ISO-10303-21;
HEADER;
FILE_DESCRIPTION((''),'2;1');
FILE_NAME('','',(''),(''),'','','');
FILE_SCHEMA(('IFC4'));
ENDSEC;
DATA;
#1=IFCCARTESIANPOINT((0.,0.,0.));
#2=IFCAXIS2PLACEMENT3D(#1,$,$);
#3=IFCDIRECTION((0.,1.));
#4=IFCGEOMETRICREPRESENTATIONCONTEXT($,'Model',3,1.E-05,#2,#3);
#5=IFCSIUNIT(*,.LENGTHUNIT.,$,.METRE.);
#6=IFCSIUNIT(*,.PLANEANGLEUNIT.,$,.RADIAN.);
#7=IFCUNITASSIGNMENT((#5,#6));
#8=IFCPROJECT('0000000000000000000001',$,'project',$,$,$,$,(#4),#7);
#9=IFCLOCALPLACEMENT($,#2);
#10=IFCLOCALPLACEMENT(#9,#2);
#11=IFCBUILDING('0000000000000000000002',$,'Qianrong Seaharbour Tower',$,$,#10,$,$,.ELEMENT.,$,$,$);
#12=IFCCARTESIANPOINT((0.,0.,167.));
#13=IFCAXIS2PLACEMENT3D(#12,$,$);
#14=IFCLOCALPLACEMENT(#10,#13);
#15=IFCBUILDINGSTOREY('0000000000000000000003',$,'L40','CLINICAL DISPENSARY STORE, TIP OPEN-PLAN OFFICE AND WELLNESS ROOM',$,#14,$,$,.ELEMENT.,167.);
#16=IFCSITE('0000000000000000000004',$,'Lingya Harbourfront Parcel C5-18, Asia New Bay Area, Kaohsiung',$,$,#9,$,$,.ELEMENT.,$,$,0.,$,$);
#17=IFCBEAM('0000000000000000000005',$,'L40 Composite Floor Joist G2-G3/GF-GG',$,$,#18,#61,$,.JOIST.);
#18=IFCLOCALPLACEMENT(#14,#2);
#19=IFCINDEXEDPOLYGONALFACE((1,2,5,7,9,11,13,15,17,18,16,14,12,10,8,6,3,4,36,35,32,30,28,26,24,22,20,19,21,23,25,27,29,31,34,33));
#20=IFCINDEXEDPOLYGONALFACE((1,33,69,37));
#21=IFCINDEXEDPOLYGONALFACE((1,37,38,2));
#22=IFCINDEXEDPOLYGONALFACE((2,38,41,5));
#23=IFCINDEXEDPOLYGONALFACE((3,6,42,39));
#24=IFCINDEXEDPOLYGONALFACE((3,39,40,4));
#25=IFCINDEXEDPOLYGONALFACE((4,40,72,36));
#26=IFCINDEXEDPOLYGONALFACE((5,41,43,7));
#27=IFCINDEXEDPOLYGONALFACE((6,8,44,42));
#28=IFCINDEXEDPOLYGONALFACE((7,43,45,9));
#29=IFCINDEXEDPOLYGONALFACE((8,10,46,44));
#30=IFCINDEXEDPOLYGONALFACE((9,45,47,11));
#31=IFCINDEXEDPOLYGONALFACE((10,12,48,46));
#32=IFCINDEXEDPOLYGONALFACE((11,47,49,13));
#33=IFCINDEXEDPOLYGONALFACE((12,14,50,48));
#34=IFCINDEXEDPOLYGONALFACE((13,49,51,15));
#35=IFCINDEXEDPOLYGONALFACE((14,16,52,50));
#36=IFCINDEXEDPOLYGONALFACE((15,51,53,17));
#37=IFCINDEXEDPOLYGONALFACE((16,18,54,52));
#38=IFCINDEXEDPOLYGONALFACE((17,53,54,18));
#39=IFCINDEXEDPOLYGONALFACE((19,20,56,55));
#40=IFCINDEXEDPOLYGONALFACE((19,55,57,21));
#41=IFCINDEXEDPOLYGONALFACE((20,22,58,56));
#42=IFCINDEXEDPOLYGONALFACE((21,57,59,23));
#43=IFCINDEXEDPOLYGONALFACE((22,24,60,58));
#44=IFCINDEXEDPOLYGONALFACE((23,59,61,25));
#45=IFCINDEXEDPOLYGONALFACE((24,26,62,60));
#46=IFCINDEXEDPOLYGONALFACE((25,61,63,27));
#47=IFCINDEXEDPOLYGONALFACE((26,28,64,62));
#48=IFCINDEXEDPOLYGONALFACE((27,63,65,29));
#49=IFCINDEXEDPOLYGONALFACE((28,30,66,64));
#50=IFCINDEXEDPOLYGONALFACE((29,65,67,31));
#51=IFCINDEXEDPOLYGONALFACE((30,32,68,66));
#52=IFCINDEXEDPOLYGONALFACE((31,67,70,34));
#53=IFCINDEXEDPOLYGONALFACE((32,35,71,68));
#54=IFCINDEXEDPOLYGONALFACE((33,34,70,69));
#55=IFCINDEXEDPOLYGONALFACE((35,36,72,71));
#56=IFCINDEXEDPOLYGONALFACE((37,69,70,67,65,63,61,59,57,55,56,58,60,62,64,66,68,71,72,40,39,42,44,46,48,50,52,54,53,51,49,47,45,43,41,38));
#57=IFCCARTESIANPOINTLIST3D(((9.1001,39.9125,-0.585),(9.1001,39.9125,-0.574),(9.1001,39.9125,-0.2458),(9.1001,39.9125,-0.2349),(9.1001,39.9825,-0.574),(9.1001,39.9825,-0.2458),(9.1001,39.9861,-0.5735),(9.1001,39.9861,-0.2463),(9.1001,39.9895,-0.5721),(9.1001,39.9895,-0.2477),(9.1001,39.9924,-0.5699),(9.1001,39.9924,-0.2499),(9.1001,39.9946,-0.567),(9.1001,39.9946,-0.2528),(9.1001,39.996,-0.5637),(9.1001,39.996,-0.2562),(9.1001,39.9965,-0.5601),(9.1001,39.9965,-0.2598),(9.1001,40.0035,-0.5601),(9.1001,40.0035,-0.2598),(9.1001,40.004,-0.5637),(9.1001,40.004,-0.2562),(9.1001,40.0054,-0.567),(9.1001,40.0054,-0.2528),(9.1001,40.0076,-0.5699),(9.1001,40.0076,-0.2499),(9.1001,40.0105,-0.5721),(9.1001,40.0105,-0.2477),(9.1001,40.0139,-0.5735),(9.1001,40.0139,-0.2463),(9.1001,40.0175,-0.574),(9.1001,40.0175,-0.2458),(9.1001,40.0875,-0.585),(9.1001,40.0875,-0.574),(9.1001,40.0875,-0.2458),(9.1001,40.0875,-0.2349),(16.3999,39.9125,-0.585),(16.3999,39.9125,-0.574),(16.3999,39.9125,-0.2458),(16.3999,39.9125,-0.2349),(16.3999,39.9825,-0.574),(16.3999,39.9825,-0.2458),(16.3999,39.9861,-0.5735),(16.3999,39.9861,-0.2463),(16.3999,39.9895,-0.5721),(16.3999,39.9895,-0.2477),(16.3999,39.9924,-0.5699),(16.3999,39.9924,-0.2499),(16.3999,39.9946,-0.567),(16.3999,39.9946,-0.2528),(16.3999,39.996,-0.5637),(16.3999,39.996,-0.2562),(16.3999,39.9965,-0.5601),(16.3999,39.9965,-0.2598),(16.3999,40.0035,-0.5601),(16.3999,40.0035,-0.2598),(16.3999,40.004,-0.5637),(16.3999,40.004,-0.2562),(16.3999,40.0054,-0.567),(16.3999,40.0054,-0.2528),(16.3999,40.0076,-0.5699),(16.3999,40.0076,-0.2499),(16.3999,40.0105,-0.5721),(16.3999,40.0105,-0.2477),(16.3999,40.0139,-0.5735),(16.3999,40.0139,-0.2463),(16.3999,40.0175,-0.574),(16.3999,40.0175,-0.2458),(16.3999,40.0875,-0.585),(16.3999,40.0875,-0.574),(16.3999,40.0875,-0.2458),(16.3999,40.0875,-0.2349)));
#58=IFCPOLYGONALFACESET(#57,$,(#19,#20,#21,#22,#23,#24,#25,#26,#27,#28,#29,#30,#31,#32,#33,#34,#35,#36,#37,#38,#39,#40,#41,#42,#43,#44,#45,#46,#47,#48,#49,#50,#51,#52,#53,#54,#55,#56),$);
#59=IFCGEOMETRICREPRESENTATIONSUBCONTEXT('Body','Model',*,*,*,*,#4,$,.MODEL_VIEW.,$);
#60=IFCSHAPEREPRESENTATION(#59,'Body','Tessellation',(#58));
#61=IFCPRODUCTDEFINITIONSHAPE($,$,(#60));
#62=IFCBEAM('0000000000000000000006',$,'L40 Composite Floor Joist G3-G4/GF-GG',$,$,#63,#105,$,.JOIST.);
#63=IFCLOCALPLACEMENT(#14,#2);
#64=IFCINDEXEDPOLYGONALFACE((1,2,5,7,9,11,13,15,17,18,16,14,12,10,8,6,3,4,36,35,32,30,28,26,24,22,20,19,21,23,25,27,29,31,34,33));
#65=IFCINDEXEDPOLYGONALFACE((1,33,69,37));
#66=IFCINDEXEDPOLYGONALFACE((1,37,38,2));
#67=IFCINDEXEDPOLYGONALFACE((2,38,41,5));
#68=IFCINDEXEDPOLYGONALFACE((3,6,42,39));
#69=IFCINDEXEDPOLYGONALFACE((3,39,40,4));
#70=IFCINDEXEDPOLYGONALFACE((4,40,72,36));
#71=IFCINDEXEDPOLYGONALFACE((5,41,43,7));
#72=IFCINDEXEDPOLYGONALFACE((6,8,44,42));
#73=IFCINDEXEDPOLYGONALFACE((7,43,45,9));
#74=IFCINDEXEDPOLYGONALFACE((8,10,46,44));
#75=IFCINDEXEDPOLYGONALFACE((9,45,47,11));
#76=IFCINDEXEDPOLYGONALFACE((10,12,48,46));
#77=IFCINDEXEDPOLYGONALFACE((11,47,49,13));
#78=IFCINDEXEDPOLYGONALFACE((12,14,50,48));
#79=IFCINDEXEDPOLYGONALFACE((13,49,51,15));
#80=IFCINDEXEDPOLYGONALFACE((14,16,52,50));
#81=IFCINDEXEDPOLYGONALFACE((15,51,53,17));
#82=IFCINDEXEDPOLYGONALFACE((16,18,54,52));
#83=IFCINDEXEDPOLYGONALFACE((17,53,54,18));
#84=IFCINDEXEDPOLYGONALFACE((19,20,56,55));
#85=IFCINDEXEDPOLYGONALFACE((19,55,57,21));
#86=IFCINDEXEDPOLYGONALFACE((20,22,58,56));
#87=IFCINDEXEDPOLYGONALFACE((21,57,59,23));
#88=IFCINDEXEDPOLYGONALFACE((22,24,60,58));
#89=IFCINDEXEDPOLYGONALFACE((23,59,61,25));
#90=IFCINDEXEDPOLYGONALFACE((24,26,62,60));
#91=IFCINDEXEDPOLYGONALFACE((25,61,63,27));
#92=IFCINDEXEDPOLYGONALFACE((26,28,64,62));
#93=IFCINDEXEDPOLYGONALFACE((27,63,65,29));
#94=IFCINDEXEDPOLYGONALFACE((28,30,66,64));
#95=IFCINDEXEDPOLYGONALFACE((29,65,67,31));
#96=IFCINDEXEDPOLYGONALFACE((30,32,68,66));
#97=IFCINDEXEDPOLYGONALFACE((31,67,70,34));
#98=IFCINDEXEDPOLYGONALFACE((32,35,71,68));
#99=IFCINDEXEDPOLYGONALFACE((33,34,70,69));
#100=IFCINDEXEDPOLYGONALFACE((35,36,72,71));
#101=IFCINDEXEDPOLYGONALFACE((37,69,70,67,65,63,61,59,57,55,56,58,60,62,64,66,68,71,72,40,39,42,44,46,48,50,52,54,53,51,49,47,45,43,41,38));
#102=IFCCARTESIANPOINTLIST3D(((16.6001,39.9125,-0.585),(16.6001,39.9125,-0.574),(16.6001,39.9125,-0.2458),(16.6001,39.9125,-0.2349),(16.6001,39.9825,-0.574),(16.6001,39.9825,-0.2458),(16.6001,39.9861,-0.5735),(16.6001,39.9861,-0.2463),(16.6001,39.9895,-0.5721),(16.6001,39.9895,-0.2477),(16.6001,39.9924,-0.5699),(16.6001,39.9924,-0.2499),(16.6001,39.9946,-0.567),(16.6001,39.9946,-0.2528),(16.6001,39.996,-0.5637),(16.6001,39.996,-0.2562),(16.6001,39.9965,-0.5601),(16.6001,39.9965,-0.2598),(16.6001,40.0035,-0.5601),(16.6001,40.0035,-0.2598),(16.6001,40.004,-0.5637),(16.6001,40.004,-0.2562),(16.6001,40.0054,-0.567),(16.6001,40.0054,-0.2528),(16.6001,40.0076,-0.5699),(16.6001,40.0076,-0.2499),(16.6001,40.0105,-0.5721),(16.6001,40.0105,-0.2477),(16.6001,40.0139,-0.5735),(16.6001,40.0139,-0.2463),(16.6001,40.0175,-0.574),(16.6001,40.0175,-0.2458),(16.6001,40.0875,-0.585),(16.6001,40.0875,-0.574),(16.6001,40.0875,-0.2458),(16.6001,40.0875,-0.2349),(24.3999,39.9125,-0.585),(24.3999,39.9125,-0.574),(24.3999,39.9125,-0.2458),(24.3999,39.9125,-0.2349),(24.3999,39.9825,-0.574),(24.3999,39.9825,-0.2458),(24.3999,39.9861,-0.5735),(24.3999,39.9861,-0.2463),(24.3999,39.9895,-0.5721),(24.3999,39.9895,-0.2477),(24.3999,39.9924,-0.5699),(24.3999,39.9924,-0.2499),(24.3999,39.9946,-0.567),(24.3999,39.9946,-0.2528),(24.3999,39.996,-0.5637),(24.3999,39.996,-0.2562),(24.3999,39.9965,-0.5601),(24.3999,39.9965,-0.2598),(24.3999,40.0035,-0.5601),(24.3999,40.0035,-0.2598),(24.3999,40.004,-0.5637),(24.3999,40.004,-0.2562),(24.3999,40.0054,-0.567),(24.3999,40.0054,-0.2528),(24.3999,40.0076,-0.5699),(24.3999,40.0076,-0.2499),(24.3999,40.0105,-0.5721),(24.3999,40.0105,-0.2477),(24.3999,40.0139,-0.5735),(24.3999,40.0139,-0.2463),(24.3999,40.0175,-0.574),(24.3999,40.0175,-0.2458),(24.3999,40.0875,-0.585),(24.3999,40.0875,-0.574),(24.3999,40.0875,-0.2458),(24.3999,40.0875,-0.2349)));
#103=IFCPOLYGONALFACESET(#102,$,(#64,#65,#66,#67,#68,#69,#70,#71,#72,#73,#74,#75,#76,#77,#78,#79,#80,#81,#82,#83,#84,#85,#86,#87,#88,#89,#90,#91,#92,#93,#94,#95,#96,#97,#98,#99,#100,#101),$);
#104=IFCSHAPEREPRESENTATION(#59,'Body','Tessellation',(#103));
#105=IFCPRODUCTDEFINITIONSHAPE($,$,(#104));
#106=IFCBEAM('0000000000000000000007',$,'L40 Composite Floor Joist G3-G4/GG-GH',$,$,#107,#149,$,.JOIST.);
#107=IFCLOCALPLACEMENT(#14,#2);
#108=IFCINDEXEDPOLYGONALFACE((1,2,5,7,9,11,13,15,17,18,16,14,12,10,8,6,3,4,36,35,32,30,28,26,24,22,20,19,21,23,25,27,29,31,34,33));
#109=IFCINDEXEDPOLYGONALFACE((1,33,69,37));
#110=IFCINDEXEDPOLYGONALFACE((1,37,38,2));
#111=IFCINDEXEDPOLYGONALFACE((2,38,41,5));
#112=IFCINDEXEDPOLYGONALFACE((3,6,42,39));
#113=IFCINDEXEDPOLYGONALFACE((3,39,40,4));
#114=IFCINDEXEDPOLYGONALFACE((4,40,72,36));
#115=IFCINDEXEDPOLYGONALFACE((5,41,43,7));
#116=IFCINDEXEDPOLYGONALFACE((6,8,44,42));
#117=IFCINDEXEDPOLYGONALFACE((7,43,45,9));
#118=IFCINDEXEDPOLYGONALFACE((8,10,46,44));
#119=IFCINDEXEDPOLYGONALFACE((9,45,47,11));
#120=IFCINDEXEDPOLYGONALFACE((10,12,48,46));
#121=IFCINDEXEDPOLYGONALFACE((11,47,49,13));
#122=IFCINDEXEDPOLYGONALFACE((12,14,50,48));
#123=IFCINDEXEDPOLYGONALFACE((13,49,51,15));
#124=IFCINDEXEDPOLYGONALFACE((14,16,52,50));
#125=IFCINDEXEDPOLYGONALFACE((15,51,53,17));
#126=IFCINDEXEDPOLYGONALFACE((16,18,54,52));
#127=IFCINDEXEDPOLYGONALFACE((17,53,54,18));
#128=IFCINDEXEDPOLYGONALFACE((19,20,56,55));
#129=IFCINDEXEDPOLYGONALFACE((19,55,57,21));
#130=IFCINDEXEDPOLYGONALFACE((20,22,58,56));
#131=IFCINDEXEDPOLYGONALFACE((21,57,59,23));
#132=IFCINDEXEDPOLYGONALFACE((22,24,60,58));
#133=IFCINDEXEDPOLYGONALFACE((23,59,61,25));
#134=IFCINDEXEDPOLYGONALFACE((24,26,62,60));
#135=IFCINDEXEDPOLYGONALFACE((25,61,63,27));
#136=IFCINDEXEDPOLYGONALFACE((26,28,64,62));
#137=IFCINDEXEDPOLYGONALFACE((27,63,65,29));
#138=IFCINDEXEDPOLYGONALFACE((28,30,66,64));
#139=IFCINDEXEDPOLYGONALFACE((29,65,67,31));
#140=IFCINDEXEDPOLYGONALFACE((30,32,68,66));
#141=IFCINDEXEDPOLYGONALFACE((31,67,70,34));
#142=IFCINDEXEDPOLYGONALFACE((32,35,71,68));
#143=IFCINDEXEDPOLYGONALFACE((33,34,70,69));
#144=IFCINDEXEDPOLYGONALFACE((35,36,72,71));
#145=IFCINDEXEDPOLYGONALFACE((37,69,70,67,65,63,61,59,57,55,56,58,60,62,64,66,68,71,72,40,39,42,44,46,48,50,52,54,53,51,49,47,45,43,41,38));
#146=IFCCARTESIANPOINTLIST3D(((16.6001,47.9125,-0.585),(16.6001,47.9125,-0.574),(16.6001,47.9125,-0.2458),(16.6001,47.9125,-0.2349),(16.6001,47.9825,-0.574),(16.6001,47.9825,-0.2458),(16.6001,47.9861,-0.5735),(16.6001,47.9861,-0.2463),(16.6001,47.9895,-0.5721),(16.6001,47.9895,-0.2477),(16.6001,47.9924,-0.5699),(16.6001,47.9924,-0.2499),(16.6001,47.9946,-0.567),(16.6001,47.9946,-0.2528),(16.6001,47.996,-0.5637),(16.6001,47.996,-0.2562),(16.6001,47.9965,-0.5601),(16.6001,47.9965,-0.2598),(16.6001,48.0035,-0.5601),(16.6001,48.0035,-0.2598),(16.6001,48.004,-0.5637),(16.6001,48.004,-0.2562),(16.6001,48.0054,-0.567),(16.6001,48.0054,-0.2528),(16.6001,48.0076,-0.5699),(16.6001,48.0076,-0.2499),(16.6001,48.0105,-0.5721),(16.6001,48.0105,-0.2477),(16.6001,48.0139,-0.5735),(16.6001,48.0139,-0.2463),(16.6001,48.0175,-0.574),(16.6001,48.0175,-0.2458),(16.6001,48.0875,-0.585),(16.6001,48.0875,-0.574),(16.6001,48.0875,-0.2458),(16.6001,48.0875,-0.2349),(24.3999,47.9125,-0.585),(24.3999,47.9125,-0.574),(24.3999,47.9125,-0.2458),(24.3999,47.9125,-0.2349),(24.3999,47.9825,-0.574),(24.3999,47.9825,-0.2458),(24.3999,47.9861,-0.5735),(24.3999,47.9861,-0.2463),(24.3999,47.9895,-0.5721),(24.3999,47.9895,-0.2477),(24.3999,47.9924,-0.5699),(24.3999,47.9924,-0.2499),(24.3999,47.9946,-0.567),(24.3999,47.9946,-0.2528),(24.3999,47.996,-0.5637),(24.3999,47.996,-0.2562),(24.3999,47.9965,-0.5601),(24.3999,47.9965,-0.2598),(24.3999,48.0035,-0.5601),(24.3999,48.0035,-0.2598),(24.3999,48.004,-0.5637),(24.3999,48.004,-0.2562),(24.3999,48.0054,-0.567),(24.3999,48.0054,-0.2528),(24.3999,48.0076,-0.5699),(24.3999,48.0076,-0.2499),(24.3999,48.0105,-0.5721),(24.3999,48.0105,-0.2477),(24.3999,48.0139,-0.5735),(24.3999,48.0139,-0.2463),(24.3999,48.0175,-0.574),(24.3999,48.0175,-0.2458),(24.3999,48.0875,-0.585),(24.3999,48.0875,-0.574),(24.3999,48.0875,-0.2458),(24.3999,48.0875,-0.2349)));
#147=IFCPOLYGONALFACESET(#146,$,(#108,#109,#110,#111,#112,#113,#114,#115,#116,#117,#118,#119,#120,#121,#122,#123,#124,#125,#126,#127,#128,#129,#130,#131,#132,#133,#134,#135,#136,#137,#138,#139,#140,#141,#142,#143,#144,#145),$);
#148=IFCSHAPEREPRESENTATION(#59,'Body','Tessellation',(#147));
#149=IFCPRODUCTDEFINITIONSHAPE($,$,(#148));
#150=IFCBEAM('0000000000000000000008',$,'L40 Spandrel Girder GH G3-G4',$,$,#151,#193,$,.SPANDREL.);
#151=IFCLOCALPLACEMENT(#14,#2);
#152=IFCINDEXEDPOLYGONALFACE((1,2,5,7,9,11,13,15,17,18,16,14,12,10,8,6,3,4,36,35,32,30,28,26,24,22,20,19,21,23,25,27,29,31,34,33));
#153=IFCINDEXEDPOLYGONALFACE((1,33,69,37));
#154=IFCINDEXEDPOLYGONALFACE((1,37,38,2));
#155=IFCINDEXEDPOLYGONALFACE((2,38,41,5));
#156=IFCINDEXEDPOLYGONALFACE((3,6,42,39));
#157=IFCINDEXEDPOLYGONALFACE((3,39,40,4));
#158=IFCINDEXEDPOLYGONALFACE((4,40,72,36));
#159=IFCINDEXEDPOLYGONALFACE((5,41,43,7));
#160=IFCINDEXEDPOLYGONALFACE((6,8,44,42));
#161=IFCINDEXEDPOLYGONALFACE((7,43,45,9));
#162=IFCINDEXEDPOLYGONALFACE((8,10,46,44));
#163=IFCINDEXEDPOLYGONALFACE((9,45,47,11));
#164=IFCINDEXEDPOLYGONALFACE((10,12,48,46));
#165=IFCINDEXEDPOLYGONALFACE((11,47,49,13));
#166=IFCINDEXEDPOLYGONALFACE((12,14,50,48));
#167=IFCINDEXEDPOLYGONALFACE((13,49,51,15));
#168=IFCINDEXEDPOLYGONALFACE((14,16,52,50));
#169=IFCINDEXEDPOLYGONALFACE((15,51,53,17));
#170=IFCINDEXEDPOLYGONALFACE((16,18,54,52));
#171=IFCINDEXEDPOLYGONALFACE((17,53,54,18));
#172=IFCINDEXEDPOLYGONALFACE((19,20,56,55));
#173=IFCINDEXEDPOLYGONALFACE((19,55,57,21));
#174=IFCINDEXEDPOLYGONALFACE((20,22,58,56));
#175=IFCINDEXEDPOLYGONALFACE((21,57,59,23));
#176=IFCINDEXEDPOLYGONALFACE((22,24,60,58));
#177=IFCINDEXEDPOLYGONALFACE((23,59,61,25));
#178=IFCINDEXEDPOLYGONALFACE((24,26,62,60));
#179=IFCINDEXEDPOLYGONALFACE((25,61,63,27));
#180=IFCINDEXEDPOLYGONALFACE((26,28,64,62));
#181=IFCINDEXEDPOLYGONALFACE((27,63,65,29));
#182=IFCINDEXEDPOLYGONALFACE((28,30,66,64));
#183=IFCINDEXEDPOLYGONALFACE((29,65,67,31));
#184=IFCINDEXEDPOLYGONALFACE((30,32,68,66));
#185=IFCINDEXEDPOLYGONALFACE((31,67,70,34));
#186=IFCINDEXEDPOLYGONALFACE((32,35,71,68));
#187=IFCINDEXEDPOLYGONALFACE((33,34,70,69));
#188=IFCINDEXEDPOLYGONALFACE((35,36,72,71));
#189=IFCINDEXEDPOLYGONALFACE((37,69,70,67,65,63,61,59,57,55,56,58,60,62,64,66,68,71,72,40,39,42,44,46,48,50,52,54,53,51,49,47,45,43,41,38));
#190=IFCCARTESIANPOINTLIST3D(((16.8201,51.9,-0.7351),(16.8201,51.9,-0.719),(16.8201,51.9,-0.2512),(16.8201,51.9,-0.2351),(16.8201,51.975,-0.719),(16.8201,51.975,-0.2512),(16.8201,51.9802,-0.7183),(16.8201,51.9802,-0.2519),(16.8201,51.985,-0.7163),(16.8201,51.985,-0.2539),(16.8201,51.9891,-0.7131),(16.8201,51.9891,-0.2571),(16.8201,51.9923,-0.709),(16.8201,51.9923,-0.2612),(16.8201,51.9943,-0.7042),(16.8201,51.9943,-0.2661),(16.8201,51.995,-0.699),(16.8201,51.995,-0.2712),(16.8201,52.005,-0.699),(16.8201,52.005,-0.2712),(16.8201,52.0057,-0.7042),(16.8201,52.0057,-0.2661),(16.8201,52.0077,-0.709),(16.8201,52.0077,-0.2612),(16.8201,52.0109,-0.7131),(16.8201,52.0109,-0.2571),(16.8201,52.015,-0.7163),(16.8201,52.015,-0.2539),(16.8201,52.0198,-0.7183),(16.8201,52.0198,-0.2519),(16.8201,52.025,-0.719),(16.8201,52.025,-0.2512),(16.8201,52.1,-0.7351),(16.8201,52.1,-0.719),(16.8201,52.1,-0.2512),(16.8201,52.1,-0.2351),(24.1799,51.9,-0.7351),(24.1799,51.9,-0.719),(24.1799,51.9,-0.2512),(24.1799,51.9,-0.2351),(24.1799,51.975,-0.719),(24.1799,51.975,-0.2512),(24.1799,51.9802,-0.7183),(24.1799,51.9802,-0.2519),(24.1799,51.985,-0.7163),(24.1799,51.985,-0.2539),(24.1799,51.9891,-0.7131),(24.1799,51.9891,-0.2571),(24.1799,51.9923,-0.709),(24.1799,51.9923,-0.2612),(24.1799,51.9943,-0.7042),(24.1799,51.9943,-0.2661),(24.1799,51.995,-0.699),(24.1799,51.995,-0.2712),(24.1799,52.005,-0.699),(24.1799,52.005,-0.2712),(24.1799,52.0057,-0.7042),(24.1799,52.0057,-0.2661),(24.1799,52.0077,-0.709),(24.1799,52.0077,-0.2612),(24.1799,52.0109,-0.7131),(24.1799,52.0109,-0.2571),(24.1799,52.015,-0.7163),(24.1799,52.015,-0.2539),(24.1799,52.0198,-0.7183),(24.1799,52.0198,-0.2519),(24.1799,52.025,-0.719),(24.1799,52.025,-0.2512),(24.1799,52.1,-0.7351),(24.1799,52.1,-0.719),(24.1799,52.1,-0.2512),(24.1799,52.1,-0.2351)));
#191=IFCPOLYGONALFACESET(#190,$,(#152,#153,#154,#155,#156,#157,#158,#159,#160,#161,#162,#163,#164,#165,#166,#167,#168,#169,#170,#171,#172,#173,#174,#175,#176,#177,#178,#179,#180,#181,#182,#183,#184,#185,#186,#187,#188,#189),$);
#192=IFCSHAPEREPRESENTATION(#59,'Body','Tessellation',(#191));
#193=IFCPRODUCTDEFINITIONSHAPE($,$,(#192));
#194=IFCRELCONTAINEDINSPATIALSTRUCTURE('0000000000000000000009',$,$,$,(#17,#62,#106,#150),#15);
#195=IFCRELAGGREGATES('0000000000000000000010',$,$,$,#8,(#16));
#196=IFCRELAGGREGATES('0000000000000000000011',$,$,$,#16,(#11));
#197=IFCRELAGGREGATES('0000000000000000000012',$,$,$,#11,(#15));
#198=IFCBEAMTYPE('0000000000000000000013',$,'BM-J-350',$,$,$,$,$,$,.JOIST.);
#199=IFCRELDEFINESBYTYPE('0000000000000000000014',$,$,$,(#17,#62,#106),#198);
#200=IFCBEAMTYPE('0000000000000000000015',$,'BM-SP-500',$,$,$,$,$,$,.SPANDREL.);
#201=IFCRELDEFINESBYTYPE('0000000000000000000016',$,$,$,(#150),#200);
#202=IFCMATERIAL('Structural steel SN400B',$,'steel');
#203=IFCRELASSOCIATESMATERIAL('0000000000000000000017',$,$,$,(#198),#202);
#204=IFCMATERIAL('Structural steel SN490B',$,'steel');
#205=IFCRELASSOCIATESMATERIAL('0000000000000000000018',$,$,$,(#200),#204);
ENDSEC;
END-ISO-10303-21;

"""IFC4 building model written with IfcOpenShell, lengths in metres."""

from ifc_helpers import new_model, si_unit, direction, frame, origin, origin_2d, place, context, subcontext, project, spatial, i_section, extrude, material, material_profile, profile_set, type_object, element, save


model = new_model("IFC4")

# Units and contexts
model_context = context("Model", 3, precision=1e-05, world=origin(), true_north=direction((0.0, 1.0)))
body_context = subcontext(model_context, "Body", "Model", "MODEL_VIEW")
ifc_project = project(units=[si_unit("LENGTHUNIT", "METRE"), si_unit("PLANEANGLEUNIT", "RADIAN")], contexts=[model_context])

# Site, building, storey
site_placement = place(None, origin())
site = spatial("IfcSite", under=ifc_project, at=site_placement, Name="Lingya Harbourfront Parcel C5-18, Asia New Bay Area, Kaohsiung", CompositionType="ELEMENT", RefElevation=0.0)
building_placement = place(site_placement, origin())
building = spatial("IfcBuilding", under=site, at=building_placement, Name="Qianrong Seaharbour Tower", CompositionType="ELEMENT")
storey_placement = place(building_placement, frame((0.0, 0.0, 167.0)))
storey = spatial("IfcBuildingStorey", under=building, at=storey_placement, Name="L40", Description="CLINICAL DISPENSARY STORE, TIP OPEN-PLAN OFFICE AND WELLNESS ROOM", CompositionType="ELEMENT", Elevation=167.0)

# Shared definitions
ifc_material_1 = material(Name="Structural steel SN490B", Category="steel")

# Beams
ifc_material_2 = material(Name="Structural steel SN400B", Category="steel")
ifc_material_profile_1 = material_profile(ifc_material_2, i_section(OverallWidth=0.175, OverallDepth=0.3501, WebThickness=0.0071, FlangeThickness=0.011, FilletRadius=0.0139, at=origin_2d()), Name="H350x175x7x11")
ifc_profile_set_1 = profile_set([ifc_material_profile_1], Name="Structural steel SN400B")
beam_type_1 = type_object("IfcBeamType", Name="BM-J-350", PredefinedType="JOIST", material=ifc_profile_set_1)
beam_1_placement = place(storey_placement, frame((9.1001, 40.0, -0.4099), z_axis=(1.0, 0.0, 0.0), x_axis=(0.0, 1.0, 0.0)))
element("IfcBeam", 1, at=beam_1_placement, inside=storey, type_object=beam_type_1, Name="L40 Composite Floor Joist G2-G3/GF-GG", PredefinedType="JOIST", context=body_context, shape_type="SweptSolid", body=[
    extrude(i_section(OverallWidth=0.175, OverallDepth=0.3501, WebThickness=0.0071, FlangeThickness=0.011, FilletRadius=0.0139, at=origin_2d()), origin(), (0.0, 0.0, 1.0), 7.2998),
])
for number, where, z_axis, x_axis, name in (
    (2, (16.6001, 40.0, -0.4099), (1.0, 0.0, 0.0), (0.0, 1.0, 0.0), "L40 Composite Floor Joist G3-G4/GF-GG"),
    (3, (16.6001, 48.0, -0.4099), (1.0, 0.0, 0.0), (0.0, 1.0, 0.0), "L40 Composite Floor Joist G3-G4/GG-GH"),
):
    element("IfcBeam", number, at=place(storey_placement, frame(where, z_axis=z_axis, x_axis=x_axis)), inside=storey, type_object=beam_type_1, Name=name, PredefinedType="JOIST", context=body_context, shape_type="SweptSolid", body=[
        extrude(i_section(OverallWidth=0.175, OverallDepth=0.3501, WebThickness=0.0071, FlangeThickness=0.011, FilletRadius=0.0139, at=origin_2d()), origin(), (0.0, 0.0, 1.0), 7.7998),
    ])
ifc_material_profile_2 = material_profile(ifc_material_1, i_section(OverallWidth=0.2, OverallDepth=0.5, WebThickness=0.01, FlangeThickness=0.0161, FilletRadius=0.02, at=origin_2d()), Name="H500x200x10x16")
ifc_profile_set_2 = profile_set([ifc_material_profile_2], Name="Structural steel SN490B")
beam_type_2 = type_object("IfcBeamType", Name="BM-SP-500", PredefinedType="SPANDREL", material=ifc_profile_set_2)
for number, where, z_axis, x_axis, name in (
    (4, (16.8201, 52.0, -0.4851), (1.0, 0.0, 0.0), (0.0, 1.0, 0.0), "L40 Spandrel Girder GH G3-G4"),
):
    element("IfcBeam", number, at=place(storey_placement, frame(where, z_axis=z_axis, x_axis=x_axis)), inside=storey, type_object=beam_type_2, Name=name, PredefinedType="SPANDREL", context=body_context, shape_type="SweptSolid", body=[
        extrude(i_section(OverallWidth=0.2, OverallDepth=0.5, WebThickness=0.01, FlangeThickness=0.0161, FilletRadius=0.02, at=origin_2d()), origin(), (0.0, 0.0, 1.0), 7.3599),
    ])

save(model, "model.ifc")
